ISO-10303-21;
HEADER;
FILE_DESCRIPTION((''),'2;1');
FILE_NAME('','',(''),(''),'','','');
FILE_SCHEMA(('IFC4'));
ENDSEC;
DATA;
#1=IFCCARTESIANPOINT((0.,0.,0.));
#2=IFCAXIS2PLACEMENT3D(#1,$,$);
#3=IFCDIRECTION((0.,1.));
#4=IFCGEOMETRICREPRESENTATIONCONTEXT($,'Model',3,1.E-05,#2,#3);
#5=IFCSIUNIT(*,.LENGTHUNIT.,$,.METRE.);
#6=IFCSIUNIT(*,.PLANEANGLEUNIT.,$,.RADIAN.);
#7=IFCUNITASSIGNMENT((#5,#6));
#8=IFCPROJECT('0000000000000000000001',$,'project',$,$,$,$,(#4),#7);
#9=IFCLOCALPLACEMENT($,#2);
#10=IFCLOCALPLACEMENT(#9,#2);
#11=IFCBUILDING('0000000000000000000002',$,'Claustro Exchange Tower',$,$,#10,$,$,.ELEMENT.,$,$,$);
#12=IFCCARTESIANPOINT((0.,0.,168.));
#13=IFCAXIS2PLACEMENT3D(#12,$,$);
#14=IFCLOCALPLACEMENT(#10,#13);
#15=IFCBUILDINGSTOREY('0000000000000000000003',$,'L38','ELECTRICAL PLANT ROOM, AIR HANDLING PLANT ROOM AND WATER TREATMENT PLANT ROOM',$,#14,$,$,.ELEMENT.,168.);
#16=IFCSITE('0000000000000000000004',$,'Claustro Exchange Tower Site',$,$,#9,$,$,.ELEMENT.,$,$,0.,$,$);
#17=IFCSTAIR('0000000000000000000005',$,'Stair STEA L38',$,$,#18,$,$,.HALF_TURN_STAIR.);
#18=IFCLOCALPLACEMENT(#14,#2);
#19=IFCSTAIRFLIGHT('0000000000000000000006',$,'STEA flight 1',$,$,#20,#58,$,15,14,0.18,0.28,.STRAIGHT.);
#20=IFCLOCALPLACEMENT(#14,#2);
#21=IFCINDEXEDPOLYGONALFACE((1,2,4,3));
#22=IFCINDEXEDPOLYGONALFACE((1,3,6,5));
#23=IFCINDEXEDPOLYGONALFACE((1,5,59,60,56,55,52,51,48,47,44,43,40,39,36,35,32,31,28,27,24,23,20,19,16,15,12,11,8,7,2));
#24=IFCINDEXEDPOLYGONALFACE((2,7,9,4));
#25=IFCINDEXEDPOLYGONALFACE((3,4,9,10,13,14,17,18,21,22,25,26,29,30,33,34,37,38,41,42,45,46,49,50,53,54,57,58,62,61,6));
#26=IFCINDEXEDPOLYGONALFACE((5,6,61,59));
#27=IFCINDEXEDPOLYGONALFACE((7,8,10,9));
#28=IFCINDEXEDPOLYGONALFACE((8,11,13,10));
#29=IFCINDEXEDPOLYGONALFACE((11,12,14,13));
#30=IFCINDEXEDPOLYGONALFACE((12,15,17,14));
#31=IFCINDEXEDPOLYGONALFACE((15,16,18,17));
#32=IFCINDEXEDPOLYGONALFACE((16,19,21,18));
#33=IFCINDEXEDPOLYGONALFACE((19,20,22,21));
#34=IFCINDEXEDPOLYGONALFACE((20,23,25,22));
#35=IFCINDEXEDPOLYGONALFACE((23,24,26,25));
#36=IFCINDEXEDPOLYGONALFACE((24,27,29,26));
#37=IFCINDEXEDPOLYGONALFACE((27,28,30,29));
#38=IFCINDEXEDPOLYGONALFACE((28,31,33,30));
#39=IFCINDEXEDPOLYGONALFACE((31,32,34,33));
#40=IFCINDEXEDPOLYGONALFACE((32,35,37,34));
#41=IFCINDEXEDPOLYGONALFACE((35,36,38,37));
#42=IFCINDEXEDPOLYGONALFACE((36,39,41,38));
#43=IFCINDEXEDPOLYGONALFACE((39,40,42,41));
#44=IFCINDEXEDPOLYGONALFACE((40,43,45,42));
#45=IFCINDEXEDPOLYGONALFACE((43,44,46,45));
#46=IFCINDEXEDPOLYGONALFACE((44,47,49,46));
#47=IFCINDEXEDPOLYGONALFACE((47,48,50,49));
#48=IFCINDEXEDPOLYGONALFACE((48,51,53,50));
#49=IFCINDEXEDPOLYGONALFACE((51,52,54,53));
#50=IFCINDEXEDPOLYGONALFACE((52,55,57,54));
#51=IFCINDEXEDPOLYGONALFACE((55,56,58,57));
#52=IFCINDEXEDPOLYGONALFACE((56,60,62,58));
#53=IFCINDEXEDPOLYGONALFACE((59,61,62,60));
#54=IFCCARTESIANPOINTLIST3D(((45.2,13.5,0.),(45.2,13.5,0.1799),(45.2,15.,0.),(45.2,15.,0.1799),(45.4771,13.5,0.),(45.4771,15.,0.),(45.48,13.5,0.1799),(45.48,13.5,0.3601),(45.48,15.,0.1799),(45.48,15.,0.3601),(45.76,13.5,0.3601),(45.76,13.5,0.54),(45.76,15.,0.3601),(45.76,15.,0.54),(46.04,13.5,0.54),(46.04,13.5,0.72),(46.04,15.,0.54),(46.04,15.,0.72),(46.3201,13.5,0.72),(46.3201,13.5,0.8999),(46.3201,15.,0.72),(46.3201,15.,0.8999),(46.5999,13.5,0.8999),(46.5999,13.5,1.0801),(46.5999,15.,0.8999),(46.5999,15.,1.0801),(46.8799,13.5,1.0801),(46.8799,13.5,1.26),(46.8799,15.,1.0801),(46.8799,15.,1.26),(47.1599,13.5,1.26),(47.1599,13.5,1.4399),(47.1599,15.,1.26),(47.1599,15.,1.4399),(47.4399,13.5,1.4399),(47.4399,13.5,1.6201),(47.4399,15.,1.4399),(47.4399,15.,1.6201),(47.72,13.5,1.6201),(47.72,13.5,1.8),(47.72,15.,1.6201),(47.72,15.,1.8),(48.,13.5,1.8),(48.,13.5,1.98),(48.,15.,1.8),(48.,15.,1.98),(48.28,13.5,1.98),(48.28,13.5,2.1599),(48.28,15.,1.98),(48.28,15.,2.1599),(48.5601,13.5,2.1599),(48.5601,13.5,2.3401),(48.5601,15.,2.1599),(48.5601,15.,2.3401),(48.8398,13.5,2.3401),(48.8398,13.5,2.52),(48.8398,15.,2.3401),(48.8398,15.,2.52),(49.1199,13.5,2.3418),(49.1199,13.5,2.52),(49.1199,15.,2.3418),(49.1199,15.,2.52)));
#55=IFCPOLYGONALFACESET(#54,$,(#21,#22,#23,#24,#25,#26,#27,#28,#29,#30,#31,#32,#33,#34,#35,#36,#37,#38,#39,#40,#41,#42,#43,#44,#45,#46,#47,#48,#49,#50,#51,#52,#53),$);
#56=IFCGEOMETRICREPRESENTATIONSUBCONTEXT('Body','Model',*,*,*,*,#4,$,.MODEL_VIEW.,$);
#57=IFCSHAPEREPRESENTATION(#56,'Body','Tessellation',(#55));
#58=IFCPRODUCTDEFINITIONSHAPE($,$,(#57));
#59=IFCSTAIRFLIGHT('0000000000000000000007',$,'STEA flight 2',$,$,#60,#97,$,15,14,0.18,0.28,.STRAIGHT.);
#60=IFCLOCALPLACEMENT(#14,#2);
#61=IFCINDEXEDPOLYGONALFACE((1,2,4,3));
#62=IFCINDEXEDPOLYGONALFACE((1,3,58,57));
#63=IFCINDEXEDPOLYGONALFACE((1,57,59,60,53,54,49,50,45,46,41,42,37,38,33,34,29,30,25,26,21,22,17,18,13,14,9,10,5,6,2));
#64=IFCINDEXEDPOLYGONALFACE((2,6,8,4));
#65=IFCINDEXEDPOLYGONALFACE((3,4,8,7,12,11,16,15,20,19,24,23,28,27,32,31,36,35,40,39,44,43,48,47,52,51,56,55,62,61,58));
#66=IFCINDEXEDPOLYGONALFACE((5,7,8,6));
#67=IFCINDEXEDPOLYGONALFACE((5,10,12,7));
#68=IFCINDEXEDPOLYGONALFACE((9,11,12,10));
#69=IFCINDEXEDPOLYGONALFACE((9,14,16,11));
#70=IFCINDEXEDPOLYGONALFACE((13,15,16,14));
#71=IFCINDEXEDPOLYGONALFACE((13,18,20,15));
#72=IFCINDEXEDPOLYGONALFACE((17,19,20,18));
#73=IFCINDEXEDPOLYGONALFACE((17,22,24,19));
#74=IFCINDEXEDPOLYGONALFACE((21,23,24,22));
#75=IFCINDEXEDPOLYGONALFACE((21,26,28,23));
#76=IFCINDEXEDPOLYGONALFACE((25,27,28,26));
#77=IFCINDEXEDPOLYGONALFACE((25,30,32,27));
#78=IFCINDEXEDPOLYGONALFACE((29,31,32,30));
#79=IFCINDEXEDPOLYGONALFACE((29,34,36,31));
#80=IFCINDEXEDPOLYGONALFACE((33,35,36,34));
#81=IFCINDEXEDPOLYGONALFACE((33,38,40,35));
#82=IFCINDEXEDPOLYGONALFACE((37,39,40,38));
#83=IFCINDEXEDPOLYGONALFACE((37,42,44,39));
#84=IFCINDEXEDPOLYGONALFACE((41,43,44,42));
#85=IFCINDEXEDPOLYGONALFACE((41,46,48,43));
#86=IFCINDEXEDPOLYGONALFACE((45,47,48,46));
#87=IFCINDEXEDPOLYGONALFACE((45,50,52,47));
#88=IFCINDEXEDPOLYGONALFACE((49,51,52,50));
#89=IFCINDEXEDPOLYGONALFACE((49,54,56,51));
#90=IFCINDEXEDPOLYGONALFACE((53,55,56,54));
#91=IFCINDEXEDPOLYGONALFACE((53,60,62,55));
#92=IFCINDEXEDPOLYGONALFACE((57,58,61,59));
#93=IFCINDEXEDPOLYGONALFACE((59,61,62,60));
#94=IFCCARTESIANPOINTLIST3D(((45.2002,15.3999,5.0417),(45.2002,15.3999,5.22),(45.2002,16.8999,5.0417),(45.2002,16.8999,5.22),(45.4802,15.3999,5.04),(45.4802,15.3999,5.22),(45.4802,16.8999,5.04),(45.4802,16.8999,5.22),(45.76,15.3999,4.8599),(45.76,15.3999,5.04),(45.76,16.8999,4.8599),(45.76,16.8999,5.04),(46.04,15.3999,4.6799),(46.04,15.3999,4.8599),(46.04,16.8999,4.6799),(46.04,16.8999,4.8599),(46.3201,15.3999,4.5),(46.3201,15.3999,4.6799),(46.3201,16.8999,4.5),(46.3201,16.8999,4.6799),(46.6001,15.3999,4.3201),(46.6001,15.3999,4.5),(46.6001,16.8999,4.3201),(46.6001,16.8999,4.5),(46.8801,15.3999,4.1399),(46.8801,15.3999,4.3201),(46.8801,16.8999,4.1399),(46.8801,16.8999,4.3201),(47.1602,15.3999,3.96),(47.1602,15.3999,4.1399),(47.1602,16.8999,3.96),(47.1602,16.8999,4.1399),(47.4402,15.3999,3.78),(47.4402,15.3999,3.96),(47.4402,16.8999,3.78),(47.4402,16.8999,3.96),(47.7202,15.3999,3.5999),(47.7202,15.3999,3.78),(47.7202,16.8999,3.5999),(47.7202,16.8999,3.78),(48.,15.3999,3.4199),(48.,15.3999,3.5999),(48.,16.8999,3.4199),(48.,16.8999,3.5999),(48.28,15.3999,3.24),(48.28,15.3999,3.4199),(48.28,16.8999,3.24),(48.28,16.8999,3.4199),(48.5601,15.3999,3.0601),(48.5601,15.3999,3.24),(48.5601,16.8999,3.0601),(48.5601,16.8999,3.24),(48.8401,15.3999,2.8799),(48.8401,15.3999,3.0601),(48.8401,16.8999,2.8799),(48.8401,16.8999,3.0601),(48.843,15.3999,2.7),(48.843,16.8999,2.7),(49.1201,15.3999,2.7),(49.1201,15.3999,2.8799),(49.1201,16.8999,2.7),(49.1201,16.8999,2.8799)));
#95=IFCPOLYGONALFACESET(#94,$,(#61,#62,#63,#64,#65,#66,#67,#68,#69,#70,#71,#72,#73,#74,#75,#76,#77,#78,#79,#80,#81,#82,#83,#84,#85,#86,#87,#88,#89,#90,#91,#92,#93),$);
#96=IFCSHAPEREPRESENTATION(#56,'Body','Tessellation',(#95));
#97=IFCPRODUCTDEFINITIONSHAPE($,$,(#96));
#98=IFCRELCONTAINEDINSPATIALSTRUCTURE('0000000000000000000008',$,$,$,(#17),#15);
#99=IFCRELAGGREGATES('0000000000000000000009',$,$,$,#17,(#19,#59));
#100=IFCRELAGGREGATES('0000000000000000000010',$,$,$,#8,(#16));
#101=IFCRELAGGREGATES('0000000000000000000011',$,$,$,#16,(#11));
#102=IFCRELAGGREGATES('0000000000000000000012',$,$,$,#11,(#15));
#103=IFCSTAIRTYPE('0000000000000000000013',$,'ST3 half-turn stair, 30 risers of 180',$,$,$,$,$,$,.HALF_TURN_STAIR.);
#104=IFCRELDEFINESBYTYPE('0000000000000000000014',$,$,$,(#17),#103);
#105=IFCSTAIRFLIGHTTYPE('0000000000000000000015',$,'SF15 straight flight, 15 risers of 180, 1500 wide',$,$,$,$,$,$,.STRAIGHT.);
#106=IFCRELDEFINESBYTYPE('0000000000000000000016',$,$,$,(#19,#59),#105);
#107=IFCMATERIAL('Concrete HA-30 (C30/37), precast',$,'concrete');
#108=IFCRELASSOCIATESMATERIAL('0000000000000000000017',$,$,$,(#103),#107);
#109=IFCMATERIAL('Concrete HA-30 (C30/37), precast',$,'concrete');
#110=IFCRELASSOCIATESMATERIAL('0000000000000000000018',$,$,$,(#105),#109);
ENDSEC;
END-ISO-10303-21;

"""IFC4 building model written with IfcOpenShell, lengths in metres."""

from ifc_helpers import new_model, si_unit, direction, frame, origin, place, context, subcontext, project, spatial, polyline, outline, extrude, material, type_object, element, aggregate, save


model = new_model("IFC4")

# Units and contexts
model_context = context("Model", 3, precision=1e-05, world=origin(), true_north=direction((0.0, 1.0)))
body_context = subcontext(model_context, "Body", "Model", "MODEL_VIEW")
ifc_project = project(units=[si_unit("LENGTHUNIT", "METRE"), si_unit("PLANEANGLEUNIT", "RADIAN")], contexts=[model_context])

# Site, building, storey
site_placement = place(None, origin())
site = spatial("IfcSite", under=ifc_project, at=site_placement, Name="Claustro Exchange Tower Site", CompositionType="ELEMENT", RefElevation=0.0)
building_placement = place(site_placement, origin())
building = spatial("IfcBuilding", under=site, at=building_placement, Name="Claustro Exchange Tower", CompositionType="ELEMENT")
storey_placement = place(building_placement, frame((0.0, 0.0, 168.0)))
storey = spatial("IfcBuildingStorey", under=building, at=storey_placement, Name="L38", Description="ELECTRICAL PLANT ROOM, AIR HANDLING PLANT ROOM AND WATER TREATMENT PLANT ROOM", CompositionType="ELEMENT", Elevation=168.0)

# Stair, stair flights
ifc_material_1 = material(Name="Concrete HA-30 (C30/37), precast", Category="concrete")
stair_type = type_object("IfcStairType", Name="ST3 half-turn stair, 30 risers of 180", PredefinedType="HALF_TURN_STAIR", material=ifc_material_1)
stair_placement = place(storey_placement, origin())
stair = element("IfcStair", 1, at=stair_placement, inside=storey, type_object=stair_type, Name="Stair STEA L38", PredefinedType="HALF_TURN_STAIR")
ifc_material_2 = material(Name="Concrete HA-30 (C30/37), precast", Category="concrete")
stair_flight_type = type_object("IfcStairFlightType", Name="SF15 straight flight, 15 risers of 180, 1500 wide", PredefinedType="STRAIGHT", material=ifc_material_2)
stair_flight_1_placement = place(storey_placement, frame((45.2, 14.25, 0.0), z_axis=(0.0, 0.0, 1.0), x_axis=(1.0, 0.0, 0.0)))
stair_flight_1 = element("IfcStairFlight", 2, at=stair_flight_1_placement, type_object=stair_flight_type, Name="STEA flight 1", NumberOfRisers=15, NumberOfTreads=14, PredefinedType="STRAIGHT", RiserHeight=0.18, TreadLength=0.28, context=body_context, shape_type="SweptSolid", body=[
    extrude(outline(polyline([(0.0, 0.0), (0.0, 0.1799), (0.28, 0.1799), (0.28, 0.3601), (0.5601, 0.3601), (0.5601, 0.54), (0.8401, 0.54), (0.8401, 0.72), (1.1201, 0.72), (1.1201, 0.8999), (1.3999, 0.8999), (1.3999, 1.0801), (1.6799, 1.0801), (1.6799, 1.26), (1.96, 1.26), (1.96, 1.4399), (2.24, 1.4399), (2.24, 1.6201), (2.52, 1.6201), (2.52, 1.8), (2.8, 1.8), (2.8, 1.98), (3.0801, 1.98), (3.0801, 2.1599), (3.3601, 2.1599), (3.3601, 2.3401), (3.6399, 2.3401), (3.6399, 2.52), (3.9199, 2.52), (3.9199, 2.7), (3.9199, 2.3418), (0.2771, 0.0), (0.0, 0.0)])), frame((0.0, 0.75, 0.0), z_axis=(0.0, -1.0, 0.0), x_axis=(1.0, 0.0, 0.0)), (0.0, 0.0, 1.0), 1.5),
])
stair_flight_2_placement = place(storey_placement, frame((49.1201, 16.1499, 2.7), z_axis=(0.0, 0.0, 1.0), x_axis=(-1.0, 0.0, 0.0)))
stair_flight_2 = element("IfcStairFlight", 3, at=stair_flight_2_placement, type_object=stair_flight_type, Name="STEA flight 2", NumberOfRisers=15, NumberOfTreads=14, PredefinedType="STRAIGHT", RiserHeight=0.18, TreadLength=0.28, context=body_context, shape_type="SweptSolid", body=[
    extrude(outline(polyline([(0.0, 0.0), (0.0, 0.1799), (0.28, 0.1799), (0.28, 0.3601), (0.5601, 0.3601), (0.5601, 0.54), (0.8401, 0.54), (0.8401, 0.72), (1.1201, 0.72), (1.1201, 0.8999), (1.3999, 0.8999), (1.3999, 1.0801), (1.6799, 1.0801), (1.6799, 1.26), (1.96, 1.26), (1.96, 1.4399), (2.24, 1.4399), (2.24, 1.6201), (2.52, 1.6201), (2.52, 1.8), (2.8, 1.8), (2.8, 1.98), (3.0801, 1.98), (3.0801, 2.1599), (3.3601, 2.1599), (3.3601, 2.3401), (3.6399, 2.3401), (3.6399, 2.52), (3.9199, 2.52), (3.9199, 2.7), (3.9199, 2.3418), (0.2771, 0.0), (0.0, 0.0)])), frame((0.0, 0.75, 0.0), z_axis=(0.0, -1.0, 0.0), x_axis=(1.0, 0.0, 0.0)), (0.0, 0.0, 1.0), 1.5),
])
aggregate(stair, [stair_flight_1, stair_flight_2])

save(model, "model.ifc")
